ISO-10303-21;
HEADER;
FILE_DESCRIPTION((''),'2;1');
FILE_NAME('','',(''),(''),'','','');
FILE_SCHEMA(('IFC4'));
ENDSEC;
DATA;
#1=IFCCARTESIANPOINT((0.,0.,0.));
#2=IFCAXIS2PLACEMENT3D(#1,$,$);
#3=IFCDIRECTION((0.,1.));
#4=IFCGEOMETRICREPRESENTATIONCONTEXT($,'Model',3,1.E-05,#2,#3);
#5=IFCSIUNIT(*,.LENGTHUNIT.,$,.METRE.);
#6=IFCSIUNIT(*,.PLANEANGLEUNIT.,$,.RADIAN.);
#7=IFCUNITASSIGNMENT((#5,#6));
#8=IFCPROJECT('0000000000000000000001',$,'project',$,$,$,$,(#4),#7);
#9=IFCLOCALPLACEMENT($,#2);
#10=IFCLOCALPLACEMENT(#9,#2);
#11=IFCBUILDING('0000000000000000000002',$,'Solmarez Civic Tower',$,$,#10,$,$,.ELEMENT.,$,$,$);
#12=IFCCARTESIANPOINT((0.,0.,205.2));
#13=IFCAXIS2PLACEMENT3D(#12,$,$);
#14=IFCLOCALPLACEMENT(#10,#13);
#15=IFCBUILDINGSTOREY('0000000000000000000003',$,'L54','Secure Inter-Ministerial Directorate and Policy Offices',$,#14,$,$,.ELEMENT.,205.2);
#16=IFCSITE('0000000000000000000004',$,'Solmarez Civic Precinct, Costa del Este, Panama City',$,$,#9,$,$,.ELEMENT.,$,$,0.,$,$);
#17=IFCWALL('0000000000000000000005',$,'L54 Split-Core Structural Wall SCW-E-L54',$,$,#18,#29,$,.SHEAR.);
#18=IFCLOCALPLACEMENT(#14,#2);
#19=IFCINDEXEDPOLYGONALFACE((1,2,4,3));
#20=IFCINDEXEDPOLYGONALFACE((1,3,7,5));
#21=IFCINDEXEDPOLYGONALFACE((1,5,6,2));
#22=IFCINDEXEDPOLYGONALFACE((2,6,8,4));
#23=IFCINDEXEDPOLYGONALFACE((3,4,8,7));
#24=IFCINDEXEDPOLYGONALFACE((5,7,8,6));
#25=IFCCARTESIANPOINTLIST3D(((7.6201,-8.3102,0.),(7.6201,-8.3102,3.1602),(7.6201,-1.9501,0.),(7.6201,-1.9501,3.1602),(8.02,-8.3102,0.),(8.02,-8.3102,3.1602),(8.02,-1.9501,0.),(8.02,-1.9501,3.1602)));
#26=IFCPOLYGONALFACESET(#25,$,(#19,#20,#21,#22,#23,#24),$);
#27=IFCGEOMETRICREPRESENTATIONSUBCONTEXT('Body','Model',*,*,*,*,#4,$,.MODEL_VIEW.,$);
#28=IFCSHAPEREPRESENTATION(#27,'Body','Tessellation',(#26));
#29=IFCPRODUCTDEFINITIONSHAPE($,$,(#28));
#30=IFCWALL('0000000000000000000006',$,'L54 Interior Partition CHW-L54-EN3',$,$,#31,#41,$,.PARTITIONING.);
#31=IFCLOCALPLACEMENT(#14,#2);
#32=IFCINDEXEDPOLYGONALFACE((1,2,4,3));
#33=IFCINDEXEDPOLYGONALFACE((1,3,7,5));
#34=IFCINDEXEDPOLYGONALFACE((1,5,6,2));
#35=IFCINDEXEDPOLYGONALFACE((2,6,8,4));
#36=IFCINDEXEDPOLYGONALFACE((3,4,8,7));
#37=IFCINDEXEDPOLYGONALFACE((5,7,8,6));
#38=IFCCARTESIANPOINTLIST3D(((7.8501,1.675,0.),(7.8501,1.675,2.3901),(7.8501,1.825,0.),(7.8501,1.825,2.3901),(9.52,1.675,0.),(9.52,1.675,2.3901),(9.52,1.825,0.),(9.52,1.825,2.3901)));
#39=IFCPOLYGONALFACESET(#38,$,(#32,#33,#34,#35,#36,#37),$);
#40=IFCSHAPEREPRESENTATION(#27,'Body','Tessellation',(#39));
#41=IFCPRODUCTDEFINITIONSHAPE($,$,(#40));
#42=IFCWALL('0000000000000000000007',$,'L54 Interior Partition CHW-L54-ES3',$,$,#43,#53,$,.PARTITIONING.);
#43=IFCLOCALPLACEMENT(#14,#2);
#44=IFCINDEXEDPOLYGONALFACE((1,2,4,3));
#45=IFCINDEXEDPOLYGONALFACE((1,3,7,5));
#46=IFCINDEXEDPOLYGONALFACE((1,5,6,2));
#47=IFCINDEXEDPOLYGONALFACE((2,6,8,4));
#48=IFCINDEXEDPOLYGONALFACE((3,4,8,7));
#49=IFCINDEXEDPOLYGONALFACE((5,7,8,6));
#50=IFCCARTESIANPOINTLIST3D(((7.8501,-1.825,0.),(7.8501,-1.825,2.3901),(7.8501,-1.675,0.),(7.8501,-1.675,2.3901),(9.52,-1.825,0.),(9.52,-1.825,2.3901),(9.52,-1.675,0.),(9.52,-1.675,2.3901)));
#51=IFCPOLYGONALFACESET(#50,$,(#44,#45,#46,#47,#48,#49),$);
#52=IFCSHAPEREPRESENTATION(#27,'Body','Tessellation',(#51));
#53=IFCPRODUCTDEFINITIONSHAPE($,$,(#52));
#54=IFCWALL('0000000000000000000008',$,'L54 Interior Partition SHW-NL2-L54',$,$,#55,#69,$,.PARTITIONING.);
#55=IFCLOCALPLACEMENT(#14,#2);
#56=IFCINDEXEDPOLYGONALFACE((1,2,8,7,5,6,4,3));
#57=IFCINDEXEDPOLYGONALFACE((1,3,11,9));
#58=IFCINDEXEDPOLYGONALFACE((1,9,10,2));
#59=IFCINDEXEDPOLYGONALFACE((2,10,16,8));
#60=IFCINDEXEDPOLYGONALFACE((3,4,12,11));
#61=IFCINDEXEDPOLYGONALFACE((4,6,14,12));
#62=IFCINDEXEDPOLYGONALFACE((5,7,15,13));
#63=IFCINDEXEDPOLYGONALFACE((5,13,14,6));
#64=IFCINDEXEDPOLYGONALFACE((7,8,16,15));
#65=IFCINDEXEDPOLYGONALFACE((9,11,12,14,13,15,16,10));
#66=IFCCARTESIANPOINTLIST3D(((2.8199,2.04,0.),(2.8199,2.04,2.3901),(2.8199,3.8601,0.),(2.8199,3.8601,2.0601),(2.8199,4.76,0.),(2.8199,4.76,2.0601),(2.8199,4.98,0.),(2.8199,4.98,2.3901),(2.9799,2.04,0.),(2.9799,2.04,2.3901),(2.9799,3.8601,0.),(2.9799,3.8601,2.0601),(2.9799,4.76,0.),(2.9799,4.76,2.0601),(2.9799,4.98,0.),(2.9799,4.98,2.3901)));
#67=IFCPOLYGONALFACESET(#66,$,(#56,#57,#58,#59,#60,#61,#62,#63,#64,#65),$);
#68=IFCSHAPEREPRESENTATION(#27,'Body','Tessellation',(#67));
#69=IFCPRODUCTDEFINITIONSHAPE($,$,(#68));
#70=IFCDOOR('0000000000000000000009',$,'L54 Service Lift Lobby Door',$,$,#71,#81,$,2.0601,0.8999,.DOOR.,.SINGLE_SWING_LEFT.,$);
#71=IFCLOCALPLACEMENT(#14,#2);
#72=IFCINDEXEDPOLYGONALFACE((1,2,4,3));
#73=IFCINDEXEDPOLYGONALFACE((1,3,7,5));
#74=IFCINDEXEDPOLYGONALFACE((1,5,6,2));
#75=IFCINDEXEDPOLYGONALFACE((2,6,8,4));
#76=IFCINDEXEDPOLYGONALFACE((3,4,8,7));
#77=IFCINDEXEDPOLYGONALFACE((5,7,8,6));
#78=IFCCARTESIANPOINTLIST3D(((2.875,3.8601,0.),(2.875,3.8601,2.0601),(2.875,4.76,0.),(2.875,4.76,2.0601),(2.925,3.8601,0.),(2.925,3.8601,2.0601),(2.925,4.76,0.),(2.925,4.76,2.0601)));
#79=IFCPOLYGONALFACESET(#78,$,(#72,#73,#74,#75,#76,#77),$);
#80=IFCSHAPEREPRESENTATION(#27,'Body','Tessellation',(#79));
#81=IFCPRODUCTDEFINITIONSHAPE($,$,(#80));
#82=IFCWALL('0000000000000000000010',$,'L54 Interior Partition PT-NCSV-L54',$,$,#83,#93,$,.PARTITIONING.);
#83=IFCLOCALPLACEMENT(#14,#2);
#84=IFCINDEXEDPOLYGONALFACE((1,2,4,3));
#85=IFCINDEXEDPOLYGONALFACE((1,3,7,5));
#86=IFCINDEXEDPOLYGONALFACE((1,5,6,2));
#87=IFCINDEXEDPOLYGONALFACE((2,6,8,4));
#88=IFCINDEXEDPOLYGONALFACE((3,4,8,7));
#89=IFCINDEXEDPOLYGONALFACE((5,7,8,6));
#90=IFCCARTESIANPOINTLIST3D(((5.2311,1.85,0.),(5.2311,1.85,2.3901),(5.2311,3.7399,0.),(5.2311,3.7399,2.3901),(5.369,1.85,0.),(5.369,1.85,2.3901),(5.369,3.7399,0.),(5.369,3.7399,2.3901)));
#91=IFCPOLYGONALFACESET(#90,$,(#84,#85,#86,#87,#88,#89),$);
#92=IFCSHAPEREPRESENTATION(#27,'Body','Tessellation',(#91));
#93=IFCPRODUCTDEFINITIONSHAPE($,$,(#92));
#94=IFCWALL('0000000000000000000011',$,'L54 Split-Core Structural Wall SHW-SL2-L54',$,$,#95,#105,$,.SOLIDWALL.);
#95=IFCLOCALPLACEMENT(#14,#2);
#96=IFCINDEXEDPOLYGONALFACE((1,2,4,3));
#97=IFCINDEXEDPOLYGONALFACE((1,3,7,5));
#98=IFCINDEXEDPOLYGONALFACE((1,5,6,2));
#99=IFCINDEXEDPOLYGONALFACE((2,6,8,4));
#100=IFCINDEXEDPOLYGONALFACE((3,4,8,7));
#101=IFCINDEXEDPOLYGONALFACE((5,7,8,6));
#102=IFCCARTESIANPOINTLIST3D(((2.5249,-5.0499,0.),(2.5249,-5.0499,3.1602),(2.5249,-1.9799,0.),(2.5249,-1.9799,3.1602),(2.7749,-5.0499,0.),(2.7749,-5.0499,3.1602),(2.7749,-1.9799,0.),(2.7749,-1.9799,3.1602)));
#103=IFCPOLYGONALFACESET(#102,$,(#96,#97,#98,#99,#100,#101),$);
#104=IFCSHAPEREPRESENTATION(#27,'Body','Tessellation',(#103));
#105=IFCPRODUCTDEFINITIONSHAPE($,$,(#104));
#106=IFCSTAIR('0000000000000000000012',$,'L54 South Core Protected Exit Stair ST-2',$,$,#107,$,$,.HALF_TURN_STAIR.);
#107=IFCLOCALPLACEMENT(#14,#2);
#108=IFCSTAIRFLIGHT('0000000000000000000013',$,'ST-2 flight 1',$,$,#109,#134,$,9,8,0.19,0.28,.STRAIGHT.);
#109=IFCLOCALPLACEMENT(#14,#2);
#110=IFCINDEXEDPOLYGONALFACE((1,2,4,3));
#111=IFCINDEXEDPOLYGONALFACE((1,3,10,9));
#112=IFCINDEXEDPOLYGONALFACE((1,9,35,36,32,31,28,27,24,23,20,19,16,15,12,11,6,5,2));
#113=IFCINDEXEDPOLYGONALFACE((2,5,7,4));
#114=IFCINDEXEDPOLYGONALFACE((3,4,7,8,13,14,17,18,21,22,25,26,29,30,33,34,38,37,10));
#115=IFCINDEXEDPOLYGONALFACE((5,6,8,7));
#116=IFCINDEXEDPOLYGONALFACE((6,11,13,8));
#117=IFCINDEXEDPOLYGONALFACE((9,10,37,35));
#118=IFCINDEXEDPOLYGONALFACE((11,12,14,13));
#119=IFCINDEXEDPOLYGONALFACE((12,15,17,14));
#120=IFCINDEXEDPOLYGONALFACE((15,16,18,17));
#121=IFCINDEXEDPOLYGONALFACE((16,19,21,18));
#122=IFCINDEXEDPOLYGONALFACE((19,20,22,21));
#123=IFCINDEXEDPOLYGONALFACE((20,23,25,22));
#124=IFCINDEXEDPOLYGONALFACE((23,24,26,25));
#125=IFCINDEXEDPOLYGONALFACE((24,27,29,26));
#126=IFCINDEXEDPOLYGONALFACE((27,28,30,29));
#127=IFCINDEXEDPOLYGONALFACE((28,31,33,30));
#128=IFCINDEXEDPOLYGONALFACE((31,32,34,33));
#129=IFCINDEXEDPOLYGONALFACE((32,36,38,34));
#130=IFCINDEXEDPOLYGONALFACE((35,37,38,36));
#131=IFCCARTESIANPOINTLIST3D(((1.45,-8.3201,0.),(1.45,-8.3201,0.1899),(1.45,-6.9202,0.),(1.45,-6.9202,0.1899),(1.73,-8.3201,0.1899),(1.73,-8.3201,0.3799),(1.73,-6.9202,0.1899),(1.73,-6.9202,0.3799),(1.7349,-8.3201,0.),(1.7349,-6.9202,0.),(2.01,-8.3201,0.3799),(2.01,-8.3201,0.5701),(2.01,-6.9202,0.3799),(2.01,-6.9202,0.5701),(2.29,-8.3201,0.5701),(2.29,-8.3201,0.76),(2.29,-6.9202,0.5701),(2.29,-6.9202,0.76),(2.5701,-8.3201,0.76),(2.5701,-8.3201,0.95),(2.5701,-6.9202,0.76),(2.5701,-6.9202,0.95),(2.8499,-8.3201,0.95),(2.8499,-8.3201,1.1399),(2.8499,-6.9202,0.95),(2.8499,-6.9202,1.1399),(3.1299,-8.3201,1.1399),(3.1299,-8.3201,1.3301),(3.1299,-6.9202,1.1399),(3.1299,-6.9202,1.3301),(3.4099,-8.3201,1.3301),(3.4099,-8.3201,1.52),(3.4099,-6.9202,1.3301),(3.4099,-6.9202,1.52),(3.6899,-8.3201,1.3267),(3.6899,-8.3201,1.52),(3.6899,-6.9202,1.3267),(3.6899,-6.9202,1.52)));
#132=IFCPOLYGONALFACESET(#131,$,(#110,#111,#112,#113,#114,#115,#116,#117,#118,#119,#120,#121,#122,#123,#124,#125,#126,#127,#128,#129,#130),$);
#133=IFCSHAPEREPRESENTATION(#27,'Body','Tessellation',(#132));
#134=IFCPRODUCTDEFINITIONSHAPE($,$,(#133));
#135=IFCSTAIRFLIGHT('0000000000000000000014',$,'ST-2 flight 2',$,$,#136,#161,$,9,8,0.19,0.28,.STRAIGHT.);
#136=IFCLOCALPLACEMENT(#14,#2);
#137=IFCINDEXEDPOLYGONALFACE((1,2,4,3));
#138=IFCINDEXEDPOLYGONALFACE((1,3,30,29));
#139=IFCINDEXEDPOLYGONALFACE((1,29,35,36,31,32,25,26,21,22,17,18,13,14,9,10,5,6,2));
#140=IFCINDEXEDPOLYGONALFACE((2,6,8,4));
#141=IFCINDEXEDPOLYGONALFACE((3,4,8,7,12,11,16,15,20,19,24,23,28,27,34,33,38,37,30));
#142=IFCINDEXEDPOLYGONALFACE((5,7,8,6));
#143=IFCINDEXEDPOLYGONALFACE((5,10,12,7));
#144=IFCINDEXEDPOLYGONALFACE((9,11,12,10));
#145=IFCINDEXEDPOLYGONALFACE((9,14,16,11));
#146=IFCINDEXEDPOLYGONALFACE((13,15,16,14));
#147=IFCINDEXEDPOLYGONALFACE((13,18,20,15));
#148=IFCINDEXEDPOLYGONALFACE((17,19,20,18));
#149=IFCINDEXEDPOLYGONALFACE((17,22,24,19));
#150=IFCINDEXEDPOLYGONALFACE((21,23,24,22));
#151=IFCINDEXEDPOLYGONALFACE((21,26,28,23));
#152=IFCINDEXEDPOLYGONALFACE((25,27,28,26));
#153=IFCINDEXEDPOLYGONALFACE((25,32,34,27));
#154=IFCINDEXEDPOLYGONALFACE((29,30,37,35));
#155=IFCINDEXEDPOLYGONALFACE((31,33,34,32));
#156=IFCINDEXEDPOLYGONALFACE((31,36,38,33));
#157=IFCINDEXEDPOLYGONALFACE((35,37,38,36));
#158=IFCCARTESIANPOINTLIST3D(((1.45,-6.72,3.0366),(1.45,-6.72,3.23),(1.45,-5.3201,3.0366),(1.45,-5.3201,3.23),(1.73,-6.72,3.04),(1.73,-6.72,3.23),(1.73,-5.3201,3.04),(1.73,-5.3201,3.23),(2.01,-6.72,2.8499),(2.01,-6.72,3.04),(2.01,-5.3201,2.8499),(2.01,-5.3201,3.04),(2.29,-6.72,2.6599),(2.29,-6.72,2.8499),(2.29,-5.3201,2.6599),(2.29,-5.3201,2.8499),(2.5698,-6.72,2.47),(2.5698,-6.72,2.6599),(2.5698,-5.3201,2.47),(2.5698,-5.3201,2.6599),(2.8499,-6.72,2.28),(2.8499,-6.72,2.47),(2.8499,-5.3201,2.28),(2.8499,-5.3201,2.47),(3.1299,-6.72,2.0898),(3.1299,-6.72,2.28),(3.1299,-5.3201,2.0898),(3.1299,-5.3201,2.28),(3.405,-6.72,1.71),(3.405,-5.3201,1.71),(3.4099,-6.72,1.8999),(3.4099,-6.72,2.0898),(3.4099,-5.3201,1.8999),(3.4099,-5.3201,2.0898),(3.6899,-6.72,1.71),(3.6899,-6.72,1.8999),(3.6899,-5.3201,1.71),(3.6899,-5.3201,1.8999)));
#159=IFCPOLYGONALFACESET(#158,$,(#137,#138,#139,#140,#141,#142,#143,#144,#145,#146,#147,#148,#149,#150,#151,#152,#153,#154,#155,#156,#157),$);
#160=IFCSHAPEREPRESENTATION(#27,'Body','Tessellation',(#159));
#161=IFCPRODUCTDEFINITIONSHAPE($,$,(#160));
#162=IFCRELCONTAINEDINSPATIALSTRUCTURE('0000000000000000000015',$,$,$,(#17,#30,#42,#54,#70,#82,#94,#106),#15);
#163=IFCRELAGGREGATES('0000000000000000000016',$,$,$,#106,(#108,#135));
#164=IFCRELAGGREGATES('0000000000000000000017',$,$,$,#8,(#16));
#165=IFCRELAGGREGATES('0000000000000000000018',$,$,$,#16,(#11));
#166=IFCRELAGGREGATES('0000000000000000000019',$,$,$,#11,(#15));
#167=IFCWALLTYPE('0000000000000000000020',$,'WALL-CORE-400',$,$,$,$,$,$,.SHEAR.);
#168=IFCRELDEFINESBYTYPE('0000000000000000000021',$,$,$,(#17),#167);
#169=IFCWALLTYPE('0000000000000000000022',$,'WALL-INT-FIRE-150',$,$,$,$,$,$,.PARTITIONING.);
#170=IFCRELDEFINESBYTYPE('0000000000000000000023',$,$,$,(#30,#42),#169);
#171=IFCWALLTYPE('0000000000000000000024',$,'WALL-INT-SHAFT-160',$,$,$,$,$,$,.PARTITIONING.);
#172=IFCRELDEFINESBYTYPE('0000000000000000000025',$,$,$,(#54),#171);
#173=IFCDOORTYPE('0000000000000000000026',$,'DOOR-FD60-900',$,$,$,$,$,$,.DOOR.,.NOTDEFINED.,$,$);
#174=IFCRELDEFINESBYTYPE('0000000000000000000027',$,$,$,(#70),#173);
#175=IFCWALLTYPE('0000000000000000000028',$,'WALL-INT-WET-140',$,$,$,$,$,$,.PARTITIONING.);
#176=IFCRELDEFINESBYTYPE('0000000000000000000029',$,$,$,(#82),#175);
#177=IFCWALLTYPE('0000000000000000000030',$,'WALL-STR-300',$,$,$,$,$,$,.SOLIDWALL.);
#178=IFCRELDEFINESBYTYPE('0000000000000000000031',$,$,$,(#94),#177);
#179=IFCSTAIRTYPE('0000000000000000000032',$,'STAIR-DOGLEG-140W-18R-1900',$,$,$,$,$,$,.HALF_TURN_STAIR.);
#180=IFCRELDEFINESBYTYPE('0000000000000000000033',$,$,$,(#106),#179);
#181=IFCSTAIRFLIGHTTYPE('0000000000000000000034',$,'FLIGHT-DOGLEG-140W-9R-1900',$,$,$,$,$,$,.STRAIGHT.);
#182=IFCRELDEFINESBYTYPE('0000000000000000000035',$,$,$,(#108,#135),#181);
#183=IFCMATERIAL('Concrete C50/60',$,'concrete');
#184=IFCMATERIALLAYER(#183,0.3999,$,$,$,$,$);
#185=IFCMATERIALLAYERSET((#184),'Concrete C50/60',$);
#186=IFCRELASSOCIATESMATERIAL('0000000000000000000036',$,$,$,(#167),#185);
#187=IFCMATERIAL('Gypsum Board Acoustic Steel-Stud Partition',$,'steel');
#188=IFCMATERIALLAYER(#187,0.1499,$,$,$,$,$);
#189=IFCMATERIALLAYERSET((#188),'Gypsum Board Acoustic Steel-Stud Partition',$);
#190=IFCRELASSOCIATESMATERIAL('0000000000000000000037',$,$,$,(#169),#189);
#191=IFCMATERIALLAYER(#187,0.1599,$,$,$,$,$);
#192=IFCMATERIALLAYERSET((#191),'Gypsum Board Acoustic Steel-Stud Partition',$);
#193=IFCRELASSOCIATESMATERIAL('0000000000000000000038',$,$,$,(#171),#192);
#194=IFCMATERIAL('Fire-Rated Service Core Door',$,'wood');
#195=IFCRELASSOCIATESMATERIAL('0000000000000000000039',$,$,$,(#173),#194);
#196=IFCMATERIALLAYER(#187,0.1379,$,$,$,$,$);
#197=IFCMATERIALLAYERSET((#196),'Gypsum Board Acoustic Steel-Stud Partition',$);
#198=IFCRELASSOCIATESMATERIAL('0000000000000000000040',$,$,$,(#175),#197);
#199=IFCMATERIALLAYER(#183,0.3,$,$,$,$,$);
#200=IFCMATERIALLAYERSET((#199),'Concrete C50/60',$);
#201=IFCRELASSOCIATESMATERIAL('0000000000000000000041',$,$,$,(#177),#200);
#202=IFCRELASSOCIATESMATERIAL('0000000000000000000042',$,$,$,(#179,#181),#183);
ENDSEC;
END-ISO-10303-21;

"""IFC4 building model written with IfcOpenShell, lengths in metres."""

from ifc_helpers import new_model, si_unit, direction, frame, frame_2d, origin, place, context, subcontext, project, spatial, polyline, rectangle, outline, extrude, material, layer, layer_set, type_object, element, fill, aggregate, save


model = new_model("IFC4")

# Units and contexts
model_context = context("Model", 3, precision=1e-05, world=origin(), true_north=direction((0.0, 1.0)))
body_context = subcontext(model_context, "Body", "Model", "MODEL_VIEW")
ifc_project = project(units=[si_unit("LENGTHUNIT", "METRE"), si_unit("PLANEANGLEUNIT", "RADIAN")], contexts=[model_context])

# Site, building, storey
site_placement = place(None, origin())
site = spatial("IfcSite", under=ifc_project, at=site_placement, Name="Solmarez Civic Precinct, Costa del Este, Panama City", CompositionType="ELEMENT", RefElevation=0.0)
building_placement = place(site_placement, origin())
building = spatial("IfcBuilding", under=site, at=building_placement, Name="Solmarez Civic Tower", CompositionType="ELEMENT")
storey_placement = place(building_placement, frame((0.0, 0.0, 205.2)))
storey = spatial("IfcBuildingStorey", under=building, at=storey_placement, Name="L54", Description="Secure Inter-Ministerial Directorate and Policy Offices", CompositionType="ELEMENT", Elevation=205.2)

# Walls
ifc_material_1 = material(Name="Concrete C50/60", Category="concrete")
ifc_layer_1 = layer(ifc_material_1, 0.3999)
ifc_layer_set_1 = layer_set([ifc_layer_1], Name="Concrete C50/60")
wall_type_1 = type_object("IfcWallType", Name="WALL-CORE-400", PredefinedType="SHEAR", material=ifc_layer_set_1)
wall_1_placement = place(storey_placement, frame((7.8201, -1.95, 0.0), z_axis=(0.0, 0.0, 1.0), x_axis=(0.0, -1.0, 0.0)))
element("IfcWall", 1, at=wall_1_placement, inside=storey, type_object=wall_type_1, Name="L54 Split-Core Structural Wall SCW-E-L54", PredefinedType="SHEAR", context=body_context, shape_type="SweptSolid", body=[
    extrude(rectangle(XDim=6.3601, YDim=0.3999, at=frame_2d((3.1802, 0.0))), origin(), (0.0, 0.0, 1.0), 3.1602),
])
ifc_material_2 = material(Name="Gypsum Board Acoustic Steel-Stud Partition", Category="steel")
ifc_layer_2 = layer(ifc_material_2, 0.1499)
ifc_layer_set_2 = layer_set([ifc_layer_2], Name="Gypsum Board Acoustic Steel-Stud Partition")
wall_type_2 = type_object("IfcWallType", Name="WALL-INT-FIRE-150", PredefinedType="PARTITIONING", material=ifc_layer_set_2)
for number, where, z_axis, x_axis, name in (
    (2, (7.8501, 1.75, 0.0), (0.0, 0.0, 1.0), (1.0, 0.0, 0.0), "L54 Interior Partition CHW-L54-EN3"),
    (3, (7.8501, -1.75, 0.0), (0.0, 0.0, 1.0), (1.0, 0.0, 0.0), "L54 Interior Partition CHW-L54-ES3"),
):
    element("IfcWall", number, at=place(storey_placement, frame(where, z_axis=z_axis, x_axis=x_axis)), inside=storey, type_object=wall_type_2, Name=name, PredefinedType="PARTITIONING", context=body_context, shape_type="SweptSolid", body=[
        extrude(rectangle(XDim=1.6699, YDim=0.1499, at=frame_2d((0.835, 0.0))), origin(), (0.0, 0.0, 1.0), 2.3901),
    ])

# Wall, opening, door
ifc_layer_3 = layer(ifc_material_2, 0.1599)
ifc_layer_set_3 = layer_set([ifc_layer_3], Name="Gypsum Board Acoustic Steel-Stud Partition")
wall_type_3 = type_object("IfcWallType", Name="WALL-INT-SHAFT-160", PredefinedType="PARTITIONING", material=ifc_layer_set_3)
wall_2_placement = place(storey_placement, frame((2.8999, 2.04, 0.0), z_axis=(0.0, 0.0, 1.0), x_axis=(0.0, 1.0, 0.0)))
wall_2 = element("IfcWall", 4, at=wall_2_placement, inside=storey, type_object=wall_type_3, Name="L54 Interior Partition SHW-NL2-L54", PredefinedType="PARTITIONING", context=body_context, shape_type="SweptSolid", body=[
    extrude(rectangle(XDim=2.9399, YDim=0.1599, at=frame_2d((1.47, 0.0))), origin(), (0.0, 0.0, 1.0), 2.3901),
])
opening_placement = place(wall_2_placement, frame((1.8201, 0.0, 0.0)))
opening = element("IfcOpeningElement", 5, at=opening_placement, cuts=wall_2, PredefinedType="OPENING", context=body_context, shape_type="SweptSolid", body=[
    extrude(rectangle(XDim=0.8999, YDim=2.0601, at=frame_2d((0.45, 1.03))), frame((0.0, 0.0898, 0.0), z_axis=(0.0, -1.0, 0.0), x_axis=(1.0, 0.0, 0.0)), (0.0, 0.0, 1.0), 0.1799),
])
ifc_material_3 = material(Name="Fire-Rated Service Core Door", Category="wood")
door_type = type_object("IfcDoorType", Name="DOOR-FD60-900", OperationType="NOTDEFINED", PredefinedType="DOOR", material=ifc_material_3)
door_placement = place(opening_placement, origin())
door = element("IfcDoor", 6, at=door_placement, inside=storey, type_object=door_type, Name="L54 Service Lift Lobby Door", OperationType="SINGLE_SWING_LEFT", OverallHeight=2.0601, OverallWidth=0.8999, PredefinedType="DOOR", context=body_context, shape_type="SweptSolid", body=[
    extrude(rectangle(XDim=0.8999, YDim=2.0601, at=frame_2d((0.45, 1.03))), frame((0.0, 0.0249, 0.0), z_axis=(0.0, -1.0, 0.0), x_axis=(1.0, 0.0, 0.0)), (0.0, 0.0, 1.0), 0.05),
])
fill(opening, door)

# Walls
ifc_layer_4 = layer(ifc_material_2, 0.1379)
ifc_layer_set_4 = layer_set([ifc_layer_4], Name="Gypsum Board Acoustic Steel-Stud Partition")
wall_type_4 = type_object("IfcWallType", Name="WALL-INT-WET-140", PredefinedType="PARTITIONING", material=ifc_layer_set_4)
wall_3_placement = place(storey_placement, frame((5.3, 1.8501, 0.0), z_axis=(0.0, 0.0, 1.0), x_axis=(0.0, 1.0, 0.0)))
element("IfcWall", 7, at=wall_3_placement, inside=storey, type_object=wall_type_4, Name="L54 Interior Partition PT-NCSV-L54", PredefinedType="PARTITIONING", context=body_context, shape_type="SweptSolid", body=[
    extrude(rectangle(XDim=1.8899, YDim=0.1379, at=frame_2d((0.9448, 0.0))), origin(), (0.0, 0.0, 1.0), 2.3901),
])
ifc_layer_5 = layer(ifc_material_1, 0.3)
ifc_layer_set_5 = layer_set([ifc_layer_5], Name="Concrete C50/60")
wall_type_5 = type_object("IfcWallType", Name="WALL-STR-300", PredefinedType="SOLIDWALL", material=ifc_layer_set_5)
wall_4_placement = place(storey_placement, frame((2.6499, -5.05, 0.0), z_axis=(0.0, 0.0, 1.0), x_axis=(0.0, 1.0, 0.0)))
element("IfcWall", 8, at=wall_4_placement, inside=storey, type_object=wall_type_5, Name="L54 Split-Core Structural Wall SHW-SL2-L54", PredefinedType="SOLIDWALL", context=body_context, shape_type="SweptSolid", body=[
    extrude(rectangle(XDim=3.0701, YDim=0.25, at=frame_2d((1.5352, 0.0))), origin(), (0.0, 0.0, 1.0), 3.1602),
])

# Stair, stair flights
stair_type = type_object("IfcStairType", Name="STAIR-DOGLEG-140W-18R-1900", PredefinedType="HALF_TURN_STAIR", material=ifc_material_1)
stair_placement = place(storey_placement, origin())
stair = element("IfcStair", 9, at=stair_placement, inside=storey, type_object=stair_type, Name="L54 South Core Protected Exit Stair ST-2", PredefinedType="HALF_TURN_STAIR")
stair_flight_type = type_object("IfcStairFlightType", Name="FLIGHT-DOGLEG-140W-9R-1900", PredefinedType="STRAIGHT", material=ifc_material_1)
stair_flight_1_placement = place(storey_placement, frame((1.45, -7.6201, 0.0), z_axis=(0.0, 0.0, 1.0), x_axis=(1.0, 0.0, 0.0)))
stair_flight_1 = element("IfcStairFlight", 10, at=stair_flight_1_placement, type_object=stair_flight_type, Name="ST-2 flight 1", NumberOfRisers=9, NumberOfTreads=8, PredefinedType="STRAIGHT", RiserHeight=0.19, TreadLength=0.28, context=body_context, shape_type="SweptSolid", body=[
    extrude(outline(polyline([(0.0, 0.0), (0.0, 0.1899), (0.28, 0.1899), (0.28, 0.3799), (0.5601, 0.3799), (0.5601, 0.5701), (0.8401, 0.5701), (0.8401, 0.76), (1.1201, 0.76), (1.1201, 0.95), (1.3999, 0.95), (1.3999, 1.1399), (1.6799, 1.1399), (1.6799, 1.3301), (1.96, 1.3301), (1.96, 1.52), (2.24, 1.52), (2.24, 1.71), (2.24, 1.3267), (0.2849, 0.0), (0.0, 0.0)])), frame((0.0, 0.7, 0.0), z_axis=(0.0, -1.0, 0.0), x_axis=(1.0, 0.0, 0.0)), (0.0, 0.0, 1.0), 1.3999),
])
stair_flight_2_placement = place(storey_placement, frame((3.6899, -6.02, 1.71), z_axis=(0.0, 0.0, 1.0), x_axis=(-1.0, 0.0, 0.0)))
stair_flight_2 = element("IfcStairFlight", 11, at=stair_flight_2_placement, type_object=stair_flight_type, Name="ST-2 flight 2", NumberOfRisers=9, NumberOfTreads=8, PredefinedType="STRAIGHT", RiserHeight=0.19, TreadLength=0.28, context=body_context, shape_type="SweptSolid", body=[
    extrude(outline(polyline([(0.0, 0.0), (0.0, 0.1899), (0.28, 0.1899), (0.28, 0.3799), (0.5601, 0.3799), (0.5601, 0.5701), (0.8401, 0.5701), (0.8401, 0.76), (1.1201, 0.76), (1.1201, 0.95), (1.3999, 0.95), (1.3999, 1.1399), (1.6799, 1.1399), (1.6799, 1.3301), (1.96, 1.3301), (1.96, 1.52), (2.24, 1.52), (2.24, 1.71), (2.24, 1.3267), (0.2849, 0.0), (0.0, 0.0)])), frame((0.0, 0.7, 0.0), z_axis=(0.0, -1.0, 0.0), x_axis=(1.0, 0.0, 0.0)), (0.0, 0.0, 1.0), 1.3999),
])
aggregate(stair, [stair_flight_1, stair_flight_2])

save(model, "model.ifc")
